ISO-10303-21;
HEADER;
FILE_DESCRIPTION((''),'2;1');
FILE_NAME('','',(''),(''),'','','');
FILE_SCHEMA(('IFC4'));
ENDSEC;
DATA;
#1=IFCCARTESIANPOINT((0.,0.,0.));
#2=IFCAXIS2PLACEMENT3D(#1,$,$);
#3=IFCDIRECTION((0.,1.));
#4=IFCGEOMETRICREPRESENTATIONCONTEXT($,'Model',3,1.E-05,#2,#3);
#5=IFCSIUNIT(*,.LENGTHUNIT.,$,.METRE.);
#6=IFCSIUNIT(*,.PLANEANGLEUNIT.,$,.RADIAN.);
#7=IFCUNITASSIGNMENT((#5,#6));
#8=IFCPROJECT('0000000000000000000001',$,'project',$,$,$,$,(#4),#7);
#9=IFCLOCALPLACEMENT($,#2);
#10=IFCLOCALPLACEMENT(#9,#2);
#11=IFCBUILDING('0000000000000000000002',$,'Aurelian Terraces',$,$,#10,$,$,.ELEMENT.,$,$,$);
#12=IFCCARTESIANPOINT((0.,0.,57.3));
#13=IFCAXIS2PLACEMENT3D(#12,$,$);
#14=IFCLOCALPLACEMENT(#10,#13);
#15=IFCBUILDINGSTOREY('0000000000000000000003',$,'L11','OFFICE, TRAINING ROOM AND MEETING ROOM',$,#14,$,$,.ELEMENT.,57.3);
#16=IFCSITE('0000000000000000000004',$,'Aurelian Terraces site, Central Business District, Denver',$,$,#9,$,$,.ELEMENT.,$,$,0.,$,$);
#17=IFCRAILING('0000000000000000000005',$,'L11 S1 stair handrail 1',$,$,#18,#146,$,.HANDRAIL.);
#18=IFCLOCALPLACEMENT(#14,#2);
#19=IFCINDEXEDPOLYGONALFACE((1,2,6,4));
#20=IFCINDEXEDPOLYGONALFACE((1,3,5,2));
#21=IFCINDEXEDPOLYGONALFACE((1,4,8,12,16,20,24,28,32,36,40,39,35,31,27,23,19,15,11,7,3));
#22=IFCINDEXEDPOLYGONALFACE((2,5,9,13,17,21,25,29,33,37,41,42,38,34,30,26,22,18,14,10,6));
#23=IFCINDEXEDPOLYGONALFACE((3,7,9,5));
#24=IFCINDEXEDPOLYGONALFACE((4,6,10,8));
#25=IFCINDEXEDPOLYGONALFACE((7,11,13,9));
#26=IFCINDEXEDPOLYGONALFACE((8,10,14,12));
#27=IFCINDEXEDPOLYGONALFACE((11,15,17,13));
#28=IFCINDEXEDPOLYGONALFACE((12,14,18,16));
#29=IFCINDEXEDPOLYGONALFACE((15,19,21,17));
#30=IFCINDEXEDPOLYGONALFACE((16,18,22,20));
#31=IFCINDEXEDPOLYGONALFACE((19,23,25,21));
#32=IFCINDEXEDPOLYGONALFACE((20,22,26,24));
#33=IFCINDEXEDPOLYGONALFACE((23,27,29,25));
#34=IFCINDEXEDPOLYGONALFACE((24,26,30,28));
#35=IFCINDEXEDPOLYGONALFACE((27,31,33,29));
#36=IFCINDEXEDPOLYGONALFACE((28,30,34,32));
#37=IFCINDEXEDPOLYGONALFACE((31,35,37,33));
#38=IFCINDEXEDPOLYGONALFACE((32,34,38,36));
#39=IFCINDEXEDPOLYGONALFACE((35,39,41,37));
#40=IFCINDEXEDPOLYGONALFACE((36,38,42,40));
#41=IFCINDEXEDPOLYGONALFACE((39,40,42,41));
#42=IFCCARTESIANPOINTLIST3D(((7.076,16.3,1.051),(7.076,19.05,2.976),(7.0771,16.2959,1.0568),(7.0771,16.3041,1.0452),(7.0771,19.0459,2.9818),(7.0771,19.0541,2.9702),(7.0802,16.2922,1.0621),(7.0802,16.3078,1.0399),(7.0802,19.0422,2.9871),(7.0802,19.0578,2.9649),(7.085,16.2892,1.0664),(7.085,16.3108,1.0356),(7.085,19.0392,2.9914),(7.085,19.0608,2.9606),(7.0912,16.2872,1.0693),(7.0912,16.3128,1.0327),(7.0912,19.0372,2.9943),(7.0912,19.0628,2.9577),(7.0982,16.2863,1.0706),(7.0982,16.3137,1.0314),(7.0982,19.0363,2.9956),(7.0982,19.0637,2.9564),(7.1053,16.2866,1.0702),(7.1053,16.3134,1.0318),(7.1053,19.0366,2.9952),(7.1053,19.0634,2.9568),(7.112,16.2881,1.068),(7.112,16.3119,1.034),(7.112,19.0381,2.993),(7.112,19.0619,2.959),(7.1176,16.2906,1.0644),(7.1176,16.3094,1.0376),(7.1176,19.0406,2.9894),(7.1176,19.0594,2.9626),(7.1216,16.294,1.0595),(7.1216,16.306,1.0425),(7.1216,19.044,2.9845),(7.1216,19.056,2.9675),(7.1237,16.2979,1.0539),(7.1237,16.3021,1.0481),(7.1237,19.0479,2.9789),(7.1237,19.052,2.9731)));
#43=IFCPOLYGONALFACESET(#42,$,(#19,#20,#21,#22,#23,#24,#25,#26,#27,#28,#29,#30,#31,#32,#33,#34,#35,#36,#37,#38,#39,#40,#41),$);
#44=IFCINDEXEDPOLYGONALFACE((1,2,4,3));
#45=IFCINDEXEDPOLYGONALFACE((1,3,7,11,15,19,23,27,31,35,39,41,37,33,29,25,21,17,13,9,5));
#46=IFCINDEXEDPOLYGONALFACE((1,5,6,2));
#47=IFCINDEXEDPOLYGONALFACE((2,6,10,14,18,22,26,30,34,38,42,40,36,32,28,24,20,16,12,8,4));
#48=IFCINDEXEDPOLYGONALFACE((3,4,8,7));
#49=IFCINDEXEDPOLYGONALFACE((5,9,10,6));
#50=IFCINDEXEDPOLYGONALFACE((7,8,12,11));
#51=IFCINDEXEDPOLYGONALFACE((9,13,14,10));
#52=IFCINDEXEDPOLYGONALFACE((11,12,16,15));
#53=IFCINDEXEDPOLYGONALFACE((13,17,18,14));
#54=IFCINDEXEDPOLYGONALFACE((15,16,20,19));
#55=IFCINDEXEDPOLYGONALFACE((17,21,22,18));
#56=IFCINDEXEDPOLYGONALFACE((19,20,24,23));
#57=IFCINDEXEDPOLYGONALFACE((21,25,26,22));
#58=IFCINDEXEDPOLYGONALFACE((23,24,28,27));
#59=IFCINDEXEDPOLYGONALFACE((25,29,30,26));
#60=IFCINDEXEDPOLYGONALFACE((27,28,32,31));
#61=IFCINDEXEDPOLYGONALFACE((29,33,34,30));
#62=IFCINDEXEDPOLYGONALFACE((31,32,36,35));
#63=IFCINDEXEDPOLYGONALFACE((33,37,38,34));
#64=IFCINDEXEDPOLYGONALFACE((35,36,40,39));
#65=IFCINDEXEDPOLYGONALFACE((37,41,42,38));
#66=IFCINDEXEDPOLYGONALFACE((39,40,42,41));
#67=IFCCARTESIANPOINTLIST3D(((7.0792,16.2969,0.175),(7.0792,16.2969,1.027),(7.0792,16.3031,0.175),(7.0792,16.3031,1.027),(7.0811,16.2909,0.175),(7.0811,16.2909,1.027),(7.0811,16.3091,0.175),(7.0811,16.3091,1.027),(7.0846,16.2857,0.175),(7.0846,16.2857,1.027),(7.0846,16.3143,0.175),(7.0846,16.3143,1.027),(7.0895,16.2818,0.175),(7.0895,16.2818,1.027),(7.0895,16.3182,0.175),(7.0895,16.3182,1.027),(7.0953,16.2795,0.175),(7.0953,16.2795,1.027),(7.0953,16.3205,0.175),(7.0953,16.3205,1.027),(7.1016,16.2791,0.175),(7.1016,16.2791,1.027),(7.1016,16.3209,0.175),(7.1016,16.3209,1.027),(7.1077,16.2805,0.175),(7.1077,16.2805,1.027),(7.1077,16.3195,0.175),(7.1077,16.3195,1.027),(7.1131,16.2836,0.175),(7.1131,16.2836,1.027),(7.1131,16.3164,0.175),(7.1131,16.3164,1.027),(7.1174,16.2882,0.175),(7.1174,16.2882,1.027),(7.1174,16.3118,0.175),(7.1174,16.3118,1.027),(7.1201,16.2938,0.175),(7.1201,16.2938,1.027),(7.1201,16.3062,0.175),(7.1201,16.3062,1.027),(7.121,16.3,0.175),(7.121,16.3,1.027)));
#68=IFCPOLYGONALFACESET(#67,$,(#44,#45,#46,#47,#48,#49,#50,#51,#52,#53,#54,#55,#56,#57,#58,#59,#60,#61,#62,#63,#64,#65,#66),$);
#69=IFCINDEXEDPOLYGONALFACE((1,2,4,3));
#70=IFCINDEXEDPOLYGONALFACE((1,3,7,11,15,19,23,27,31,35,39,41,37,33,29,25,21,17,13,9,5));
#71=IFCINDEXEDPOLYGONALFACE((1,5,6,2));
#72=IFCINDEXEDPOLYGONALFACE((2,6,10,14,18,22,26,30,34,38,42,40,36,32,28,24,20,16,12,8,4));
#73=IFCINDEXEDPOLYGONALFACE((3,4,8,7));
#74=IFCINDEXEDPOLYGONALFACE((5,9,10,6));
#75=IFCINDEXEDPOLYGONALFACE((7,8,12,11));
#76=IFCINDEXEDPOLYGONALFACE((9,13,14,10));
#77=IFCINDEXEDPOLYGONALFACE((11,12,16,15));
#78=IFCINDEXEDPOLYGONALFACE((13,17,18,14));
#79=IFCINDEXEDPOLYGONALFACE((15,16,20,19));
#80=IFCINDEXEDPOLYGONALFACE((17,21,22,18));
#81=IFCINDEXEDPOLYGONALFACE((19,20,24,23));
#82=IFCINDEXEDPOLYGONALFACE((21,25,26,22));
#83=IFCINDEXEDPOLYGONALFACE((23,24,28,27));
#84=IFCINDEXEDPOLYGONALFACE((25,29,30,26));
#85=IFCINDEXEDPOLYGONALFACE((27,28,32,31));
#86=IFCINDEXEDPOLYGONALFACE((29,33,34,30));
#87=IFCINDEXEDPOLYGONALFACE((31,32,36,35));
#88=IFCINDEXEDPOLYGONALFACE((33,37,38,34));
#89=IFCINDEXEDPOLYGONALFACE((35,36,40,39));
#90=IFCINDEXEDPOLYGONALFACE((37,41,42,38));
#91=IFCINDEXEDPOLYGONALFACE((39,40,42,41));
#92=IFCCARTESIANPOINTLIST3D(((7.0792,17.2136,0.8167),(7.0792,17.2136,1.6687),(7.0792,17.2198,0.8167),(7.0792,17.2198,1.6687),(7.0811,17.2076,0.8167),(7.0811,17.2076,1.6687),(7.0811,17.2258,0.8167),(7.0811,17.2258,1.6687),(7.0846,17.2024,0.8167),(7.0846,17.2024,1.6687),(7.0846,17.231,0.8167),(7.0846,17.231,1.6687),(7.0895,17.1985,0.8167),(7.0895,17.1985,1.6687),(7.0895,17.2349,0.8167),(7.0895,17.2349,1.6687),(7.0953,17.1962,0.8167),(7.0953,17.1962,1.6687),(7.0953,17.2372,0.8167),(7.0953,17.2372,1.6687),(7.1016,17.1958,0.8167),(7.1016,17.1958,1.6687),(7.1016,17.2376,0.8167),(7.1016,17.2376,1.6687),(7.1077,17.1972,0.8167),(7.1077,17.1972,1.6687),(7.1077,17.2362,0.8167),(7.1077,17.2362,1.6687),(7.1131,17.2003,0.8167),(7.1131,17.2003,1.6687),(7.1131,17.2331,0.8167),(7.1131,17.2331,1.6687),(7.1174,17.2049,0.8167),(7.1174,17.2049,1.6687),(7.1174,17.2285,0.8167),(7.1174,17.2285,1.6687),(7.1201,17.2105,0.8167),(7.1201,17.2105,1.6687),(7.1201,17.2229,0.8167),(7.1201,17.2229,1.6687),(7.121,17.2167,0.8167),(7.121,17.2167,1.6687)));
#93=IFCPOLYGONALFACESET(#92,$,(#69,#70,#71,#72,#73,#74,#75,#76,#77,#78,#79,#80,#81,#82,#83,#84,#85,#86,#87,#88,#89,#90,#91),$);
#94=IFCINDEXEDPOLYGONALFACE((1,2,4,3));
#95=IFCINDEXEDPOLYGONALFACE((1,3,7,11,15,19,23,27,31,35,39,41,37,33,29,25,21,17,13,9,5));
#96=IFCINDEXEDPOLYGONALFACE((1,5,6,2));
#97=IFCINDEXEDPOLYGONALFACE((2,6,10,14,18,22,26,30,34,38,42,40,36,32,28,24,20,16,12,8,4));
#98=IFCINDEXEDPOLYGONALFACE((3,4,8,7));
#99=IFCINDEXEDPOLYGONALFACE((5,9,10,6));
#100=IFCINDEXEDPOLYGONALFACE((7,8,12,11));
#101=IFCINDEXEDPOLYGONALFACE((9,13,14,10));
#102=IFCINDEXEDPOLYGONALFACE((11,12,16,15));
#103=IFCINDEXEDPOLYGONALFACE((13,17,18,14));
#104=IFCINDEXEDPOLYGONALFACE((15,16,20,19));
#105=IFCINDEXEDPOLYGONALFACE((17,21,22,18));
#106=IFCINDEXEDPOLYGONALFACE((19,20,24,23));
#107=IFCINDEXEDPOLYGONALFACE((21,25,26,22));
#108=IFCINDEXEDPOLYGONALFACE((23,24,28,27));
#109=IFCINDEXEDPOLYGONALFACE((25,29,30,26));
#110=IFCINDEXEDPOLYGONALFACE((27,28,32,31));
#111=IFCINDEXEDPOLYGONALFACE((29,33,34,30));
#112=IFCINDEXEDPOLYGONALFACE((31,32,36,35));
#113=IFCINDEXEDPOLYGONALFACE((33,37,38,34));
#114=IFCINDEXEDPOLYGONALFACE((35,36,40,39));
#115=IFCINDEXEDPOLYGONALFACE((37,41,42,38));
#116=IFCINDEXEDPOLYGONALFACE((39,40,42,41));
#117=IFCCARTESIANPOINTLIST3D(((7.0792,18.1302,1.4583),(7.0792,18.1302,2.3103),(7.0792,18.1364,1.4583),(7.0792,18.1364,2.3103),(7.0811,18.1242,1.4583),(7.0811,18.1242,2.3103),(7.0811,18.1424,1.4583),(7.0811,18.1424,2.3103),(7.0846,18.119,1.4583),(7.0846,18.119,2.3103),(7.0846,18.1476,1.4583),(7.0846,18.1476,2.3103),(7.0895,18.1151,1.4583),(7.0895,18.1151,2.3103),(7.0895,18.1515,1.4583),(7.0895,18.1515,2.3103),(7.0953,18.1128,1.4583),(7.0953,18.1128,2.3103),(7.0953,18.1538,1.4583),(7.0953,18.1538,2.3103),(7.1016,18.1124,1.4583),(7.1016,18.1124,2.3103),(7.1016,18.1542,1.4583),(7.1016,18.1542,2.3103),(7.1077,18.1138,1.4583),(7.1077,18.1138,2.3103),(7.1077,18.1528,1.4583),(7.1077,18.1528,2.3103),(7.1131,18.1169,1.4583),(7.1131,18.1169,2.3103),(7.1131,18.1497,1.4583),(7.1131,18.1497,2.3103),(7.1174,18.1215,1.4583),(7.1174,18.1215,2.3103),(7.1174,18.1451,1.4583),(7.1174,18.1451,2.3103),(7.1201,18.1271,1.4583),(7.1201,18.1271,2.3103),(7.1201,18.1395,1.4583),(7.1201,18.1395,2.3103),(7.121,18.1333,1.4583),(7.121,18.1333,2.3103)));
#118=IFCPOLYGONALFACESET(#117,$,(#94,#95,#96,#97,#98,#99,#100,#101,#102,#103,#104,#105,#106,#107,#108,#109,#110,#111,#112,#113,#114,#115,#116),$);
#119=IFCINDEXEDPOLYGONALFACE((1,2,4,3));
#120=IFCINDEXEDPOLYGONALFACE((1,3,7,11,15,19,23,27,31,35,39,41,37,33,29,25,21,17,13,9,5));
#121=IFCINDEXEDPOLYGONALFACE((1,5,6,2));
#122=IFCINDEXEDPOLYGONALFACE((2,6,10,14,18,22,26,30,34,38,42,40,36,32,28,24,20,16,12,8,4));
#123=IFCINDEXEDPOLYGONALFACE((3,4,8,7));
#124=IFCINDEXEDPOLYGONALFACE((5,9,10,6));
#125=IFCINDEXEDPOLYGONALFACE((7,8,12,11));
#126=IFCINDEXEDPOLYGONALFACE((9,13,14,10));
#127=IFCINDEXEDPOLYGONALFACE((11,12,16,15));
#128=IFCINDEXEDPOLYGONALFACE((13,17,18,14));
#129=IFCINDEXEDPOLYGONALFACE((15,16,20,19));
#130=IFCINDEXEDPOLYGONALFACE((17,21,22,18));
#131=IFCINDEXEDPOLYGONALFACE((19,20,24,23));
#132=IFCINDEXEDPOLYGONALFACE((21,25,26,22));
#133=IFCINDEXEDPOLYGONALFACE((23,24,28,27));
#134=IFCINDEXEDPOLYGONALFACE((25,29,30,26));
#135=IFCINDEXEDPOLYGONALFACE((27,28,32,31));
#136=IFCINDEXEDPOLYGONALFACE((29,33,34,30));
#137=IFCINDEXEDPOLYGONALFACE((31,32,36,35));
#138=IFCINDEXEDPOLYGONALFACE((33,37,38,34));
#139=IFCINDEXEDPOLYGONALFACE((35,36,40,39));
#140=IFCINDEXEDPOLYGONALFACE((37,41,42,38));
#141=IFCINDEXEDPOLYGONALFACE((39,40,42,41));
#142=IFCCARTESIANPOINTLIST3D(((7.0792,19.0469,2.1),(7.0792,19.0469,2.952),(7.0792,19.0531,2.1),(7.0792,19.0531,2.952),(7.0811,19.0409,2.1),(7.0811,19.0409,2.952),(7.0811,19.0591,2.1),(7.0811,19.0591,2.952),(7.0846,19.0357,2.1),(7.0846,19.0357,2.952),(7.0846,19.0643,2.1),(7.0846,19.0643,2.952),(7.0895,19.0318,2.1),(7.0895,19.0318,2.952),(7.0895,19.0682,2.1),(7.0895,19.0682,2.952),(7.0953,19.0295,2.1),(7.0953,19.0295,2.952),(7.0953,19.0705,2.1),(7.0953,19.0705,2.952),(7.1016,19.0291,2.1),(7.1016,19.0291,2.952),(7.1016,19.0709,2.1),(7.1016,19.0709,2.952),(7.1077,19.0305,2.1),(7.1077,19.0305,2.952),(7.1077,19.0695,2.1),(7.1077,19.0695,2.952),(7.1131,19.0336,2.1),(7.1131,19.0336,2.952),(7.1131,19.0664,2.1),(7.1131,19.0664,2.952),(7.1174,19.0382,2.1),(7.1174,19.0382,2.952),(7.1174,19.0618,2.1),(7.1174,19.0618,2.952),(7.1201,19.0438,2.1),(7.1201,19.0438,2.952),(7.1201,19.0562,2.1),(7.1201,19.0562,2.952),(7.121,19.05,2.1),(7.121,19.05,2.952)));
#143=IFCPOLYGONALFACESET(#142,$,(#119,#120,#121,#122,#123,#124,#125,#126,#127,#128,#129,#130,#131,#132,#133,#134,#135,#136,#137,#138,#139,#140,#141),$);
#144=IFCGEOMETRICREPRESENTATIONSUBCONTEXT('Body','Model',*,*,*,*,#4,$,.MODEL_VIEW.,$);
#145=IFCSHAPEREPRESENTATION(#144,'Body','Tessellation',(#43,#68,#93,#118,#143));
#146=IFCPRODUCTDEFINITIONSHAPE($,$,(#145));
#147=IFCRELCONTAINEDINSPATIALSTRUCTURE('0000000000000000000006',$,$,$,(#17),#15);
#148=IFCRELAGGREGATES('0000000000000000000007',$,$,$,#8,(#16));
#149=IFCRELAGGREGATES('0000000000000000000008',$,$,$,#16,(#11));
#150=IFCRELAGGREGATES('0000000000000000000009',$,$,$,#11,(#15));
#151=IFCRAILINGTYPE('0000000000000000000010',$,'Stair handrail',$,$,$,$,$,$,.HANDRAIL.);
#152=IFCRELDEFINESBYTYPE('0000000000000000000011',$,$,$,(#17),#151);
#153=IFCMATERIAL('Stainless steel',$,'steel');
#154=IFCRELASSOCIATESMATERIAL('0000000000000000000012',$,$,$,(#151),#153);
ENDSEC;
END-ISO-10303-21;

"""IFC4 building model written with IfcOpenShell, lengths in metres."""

from ifc_helpers import new_model, si_unit, direction, frame, origin, origin_2d, place, context, subcontext, project, spatial, circle, extrude, source, transform, mapped, material, type_object, element, save


model = new_model("IFC4")

# Units and contexts
model_context = context("Model", 3, precision=1e-05, world=origin(), true_north=direction((0.0, 1.0)))
body_context = subcontext(model_context, "Body", "Model", "MODEL_VIEW")
ifc_project = project(units=[si_unit("LENGTHUNIT", "METRE"), si_unit("PLANEANGLEUNIT", "RADIAN")], contexts=[model_context])

# Site, building, storey
site_placement = place(None, origin())
site = spatial("IfcSite", under=ifc_project, at=site_placement, Name="Aurelian Terraces site, Central Business District, Denver", CompositionType="ELEMENT", RefElevation=0.0)
building_placement = place(site_placement, origin())
building = spatial("IfcBuilding", under=site, at=building_placement, Name="Aurelian Terraces", CompositionType="ELEMENT")
storey_placement = place(building_placement, frame((0.0, 0.0, 57.3)))
storey = spatial("IfcBuildingStorey", under=building, at=storey_placement, Name="L11", Description="OFFICE, TRAINING ROOM AND MEETING ROOM", CompositionType="ELEMENT", Elevation=57.3)

# Shared definitions
ifc_material_1 = material(Name="Stainless steel", Category="steel")

# Railing
railing_type_1 = type_object("IfcRailingType", Name="Stair handrail", PredefinedType="HANDRAIL", material=ifc_material_1)
shared_shape_1 = source(origin(), body_context, "Body", "SweptSolid", [
    extrude(circle(Radius=0.024, at=origin_2d()), frame((0.0, 0.0, 0.876), z_axis=(0.0, 0.819232, 0.573462), x_axis=(-1.0, 0.0, 0.0)), (0.0, 0.0, 1.0), 3.3568),
    extrude(circle(Radius=0.021, at=origin_2d()), origin(), (0.0, 0.0, 1.0), 0.852),
    extrude(circle(Radius=0.021, at=origin_2d()), frame((0.0, 0.9167, 0.6417)), (0.0, 0.0, 1.0), 0.852),
    extrude(circle(Radius=0.021, at=origin_2d()), frame((0.0, 1.8333, 1.2833)), (0.0, 0.0, 1.0), 0.852),
    extrude(circle(Radius=0.021, at=origin_2d()), frame((0.0, 2.75, 1.925)), (0.0, 0.0, 1.0), 0.852),
])
railing_1_placement = place(storey_placement, frame((7.1, 16.3, 0.175)))
element("IfcRailing", 1, at=railing_1_placement, inside=storey, type_object=railing_type_1, Name="L11 S1 stair handrail 1", PredefinedType="HANDRAIL", context=body_context, shape_type="MappedRepresentation", body=[
    mapped(shared_shape_1, transform((0.0, 0.0, 0.0), scale=1.0)),
])

save(model, "model.ifc")
